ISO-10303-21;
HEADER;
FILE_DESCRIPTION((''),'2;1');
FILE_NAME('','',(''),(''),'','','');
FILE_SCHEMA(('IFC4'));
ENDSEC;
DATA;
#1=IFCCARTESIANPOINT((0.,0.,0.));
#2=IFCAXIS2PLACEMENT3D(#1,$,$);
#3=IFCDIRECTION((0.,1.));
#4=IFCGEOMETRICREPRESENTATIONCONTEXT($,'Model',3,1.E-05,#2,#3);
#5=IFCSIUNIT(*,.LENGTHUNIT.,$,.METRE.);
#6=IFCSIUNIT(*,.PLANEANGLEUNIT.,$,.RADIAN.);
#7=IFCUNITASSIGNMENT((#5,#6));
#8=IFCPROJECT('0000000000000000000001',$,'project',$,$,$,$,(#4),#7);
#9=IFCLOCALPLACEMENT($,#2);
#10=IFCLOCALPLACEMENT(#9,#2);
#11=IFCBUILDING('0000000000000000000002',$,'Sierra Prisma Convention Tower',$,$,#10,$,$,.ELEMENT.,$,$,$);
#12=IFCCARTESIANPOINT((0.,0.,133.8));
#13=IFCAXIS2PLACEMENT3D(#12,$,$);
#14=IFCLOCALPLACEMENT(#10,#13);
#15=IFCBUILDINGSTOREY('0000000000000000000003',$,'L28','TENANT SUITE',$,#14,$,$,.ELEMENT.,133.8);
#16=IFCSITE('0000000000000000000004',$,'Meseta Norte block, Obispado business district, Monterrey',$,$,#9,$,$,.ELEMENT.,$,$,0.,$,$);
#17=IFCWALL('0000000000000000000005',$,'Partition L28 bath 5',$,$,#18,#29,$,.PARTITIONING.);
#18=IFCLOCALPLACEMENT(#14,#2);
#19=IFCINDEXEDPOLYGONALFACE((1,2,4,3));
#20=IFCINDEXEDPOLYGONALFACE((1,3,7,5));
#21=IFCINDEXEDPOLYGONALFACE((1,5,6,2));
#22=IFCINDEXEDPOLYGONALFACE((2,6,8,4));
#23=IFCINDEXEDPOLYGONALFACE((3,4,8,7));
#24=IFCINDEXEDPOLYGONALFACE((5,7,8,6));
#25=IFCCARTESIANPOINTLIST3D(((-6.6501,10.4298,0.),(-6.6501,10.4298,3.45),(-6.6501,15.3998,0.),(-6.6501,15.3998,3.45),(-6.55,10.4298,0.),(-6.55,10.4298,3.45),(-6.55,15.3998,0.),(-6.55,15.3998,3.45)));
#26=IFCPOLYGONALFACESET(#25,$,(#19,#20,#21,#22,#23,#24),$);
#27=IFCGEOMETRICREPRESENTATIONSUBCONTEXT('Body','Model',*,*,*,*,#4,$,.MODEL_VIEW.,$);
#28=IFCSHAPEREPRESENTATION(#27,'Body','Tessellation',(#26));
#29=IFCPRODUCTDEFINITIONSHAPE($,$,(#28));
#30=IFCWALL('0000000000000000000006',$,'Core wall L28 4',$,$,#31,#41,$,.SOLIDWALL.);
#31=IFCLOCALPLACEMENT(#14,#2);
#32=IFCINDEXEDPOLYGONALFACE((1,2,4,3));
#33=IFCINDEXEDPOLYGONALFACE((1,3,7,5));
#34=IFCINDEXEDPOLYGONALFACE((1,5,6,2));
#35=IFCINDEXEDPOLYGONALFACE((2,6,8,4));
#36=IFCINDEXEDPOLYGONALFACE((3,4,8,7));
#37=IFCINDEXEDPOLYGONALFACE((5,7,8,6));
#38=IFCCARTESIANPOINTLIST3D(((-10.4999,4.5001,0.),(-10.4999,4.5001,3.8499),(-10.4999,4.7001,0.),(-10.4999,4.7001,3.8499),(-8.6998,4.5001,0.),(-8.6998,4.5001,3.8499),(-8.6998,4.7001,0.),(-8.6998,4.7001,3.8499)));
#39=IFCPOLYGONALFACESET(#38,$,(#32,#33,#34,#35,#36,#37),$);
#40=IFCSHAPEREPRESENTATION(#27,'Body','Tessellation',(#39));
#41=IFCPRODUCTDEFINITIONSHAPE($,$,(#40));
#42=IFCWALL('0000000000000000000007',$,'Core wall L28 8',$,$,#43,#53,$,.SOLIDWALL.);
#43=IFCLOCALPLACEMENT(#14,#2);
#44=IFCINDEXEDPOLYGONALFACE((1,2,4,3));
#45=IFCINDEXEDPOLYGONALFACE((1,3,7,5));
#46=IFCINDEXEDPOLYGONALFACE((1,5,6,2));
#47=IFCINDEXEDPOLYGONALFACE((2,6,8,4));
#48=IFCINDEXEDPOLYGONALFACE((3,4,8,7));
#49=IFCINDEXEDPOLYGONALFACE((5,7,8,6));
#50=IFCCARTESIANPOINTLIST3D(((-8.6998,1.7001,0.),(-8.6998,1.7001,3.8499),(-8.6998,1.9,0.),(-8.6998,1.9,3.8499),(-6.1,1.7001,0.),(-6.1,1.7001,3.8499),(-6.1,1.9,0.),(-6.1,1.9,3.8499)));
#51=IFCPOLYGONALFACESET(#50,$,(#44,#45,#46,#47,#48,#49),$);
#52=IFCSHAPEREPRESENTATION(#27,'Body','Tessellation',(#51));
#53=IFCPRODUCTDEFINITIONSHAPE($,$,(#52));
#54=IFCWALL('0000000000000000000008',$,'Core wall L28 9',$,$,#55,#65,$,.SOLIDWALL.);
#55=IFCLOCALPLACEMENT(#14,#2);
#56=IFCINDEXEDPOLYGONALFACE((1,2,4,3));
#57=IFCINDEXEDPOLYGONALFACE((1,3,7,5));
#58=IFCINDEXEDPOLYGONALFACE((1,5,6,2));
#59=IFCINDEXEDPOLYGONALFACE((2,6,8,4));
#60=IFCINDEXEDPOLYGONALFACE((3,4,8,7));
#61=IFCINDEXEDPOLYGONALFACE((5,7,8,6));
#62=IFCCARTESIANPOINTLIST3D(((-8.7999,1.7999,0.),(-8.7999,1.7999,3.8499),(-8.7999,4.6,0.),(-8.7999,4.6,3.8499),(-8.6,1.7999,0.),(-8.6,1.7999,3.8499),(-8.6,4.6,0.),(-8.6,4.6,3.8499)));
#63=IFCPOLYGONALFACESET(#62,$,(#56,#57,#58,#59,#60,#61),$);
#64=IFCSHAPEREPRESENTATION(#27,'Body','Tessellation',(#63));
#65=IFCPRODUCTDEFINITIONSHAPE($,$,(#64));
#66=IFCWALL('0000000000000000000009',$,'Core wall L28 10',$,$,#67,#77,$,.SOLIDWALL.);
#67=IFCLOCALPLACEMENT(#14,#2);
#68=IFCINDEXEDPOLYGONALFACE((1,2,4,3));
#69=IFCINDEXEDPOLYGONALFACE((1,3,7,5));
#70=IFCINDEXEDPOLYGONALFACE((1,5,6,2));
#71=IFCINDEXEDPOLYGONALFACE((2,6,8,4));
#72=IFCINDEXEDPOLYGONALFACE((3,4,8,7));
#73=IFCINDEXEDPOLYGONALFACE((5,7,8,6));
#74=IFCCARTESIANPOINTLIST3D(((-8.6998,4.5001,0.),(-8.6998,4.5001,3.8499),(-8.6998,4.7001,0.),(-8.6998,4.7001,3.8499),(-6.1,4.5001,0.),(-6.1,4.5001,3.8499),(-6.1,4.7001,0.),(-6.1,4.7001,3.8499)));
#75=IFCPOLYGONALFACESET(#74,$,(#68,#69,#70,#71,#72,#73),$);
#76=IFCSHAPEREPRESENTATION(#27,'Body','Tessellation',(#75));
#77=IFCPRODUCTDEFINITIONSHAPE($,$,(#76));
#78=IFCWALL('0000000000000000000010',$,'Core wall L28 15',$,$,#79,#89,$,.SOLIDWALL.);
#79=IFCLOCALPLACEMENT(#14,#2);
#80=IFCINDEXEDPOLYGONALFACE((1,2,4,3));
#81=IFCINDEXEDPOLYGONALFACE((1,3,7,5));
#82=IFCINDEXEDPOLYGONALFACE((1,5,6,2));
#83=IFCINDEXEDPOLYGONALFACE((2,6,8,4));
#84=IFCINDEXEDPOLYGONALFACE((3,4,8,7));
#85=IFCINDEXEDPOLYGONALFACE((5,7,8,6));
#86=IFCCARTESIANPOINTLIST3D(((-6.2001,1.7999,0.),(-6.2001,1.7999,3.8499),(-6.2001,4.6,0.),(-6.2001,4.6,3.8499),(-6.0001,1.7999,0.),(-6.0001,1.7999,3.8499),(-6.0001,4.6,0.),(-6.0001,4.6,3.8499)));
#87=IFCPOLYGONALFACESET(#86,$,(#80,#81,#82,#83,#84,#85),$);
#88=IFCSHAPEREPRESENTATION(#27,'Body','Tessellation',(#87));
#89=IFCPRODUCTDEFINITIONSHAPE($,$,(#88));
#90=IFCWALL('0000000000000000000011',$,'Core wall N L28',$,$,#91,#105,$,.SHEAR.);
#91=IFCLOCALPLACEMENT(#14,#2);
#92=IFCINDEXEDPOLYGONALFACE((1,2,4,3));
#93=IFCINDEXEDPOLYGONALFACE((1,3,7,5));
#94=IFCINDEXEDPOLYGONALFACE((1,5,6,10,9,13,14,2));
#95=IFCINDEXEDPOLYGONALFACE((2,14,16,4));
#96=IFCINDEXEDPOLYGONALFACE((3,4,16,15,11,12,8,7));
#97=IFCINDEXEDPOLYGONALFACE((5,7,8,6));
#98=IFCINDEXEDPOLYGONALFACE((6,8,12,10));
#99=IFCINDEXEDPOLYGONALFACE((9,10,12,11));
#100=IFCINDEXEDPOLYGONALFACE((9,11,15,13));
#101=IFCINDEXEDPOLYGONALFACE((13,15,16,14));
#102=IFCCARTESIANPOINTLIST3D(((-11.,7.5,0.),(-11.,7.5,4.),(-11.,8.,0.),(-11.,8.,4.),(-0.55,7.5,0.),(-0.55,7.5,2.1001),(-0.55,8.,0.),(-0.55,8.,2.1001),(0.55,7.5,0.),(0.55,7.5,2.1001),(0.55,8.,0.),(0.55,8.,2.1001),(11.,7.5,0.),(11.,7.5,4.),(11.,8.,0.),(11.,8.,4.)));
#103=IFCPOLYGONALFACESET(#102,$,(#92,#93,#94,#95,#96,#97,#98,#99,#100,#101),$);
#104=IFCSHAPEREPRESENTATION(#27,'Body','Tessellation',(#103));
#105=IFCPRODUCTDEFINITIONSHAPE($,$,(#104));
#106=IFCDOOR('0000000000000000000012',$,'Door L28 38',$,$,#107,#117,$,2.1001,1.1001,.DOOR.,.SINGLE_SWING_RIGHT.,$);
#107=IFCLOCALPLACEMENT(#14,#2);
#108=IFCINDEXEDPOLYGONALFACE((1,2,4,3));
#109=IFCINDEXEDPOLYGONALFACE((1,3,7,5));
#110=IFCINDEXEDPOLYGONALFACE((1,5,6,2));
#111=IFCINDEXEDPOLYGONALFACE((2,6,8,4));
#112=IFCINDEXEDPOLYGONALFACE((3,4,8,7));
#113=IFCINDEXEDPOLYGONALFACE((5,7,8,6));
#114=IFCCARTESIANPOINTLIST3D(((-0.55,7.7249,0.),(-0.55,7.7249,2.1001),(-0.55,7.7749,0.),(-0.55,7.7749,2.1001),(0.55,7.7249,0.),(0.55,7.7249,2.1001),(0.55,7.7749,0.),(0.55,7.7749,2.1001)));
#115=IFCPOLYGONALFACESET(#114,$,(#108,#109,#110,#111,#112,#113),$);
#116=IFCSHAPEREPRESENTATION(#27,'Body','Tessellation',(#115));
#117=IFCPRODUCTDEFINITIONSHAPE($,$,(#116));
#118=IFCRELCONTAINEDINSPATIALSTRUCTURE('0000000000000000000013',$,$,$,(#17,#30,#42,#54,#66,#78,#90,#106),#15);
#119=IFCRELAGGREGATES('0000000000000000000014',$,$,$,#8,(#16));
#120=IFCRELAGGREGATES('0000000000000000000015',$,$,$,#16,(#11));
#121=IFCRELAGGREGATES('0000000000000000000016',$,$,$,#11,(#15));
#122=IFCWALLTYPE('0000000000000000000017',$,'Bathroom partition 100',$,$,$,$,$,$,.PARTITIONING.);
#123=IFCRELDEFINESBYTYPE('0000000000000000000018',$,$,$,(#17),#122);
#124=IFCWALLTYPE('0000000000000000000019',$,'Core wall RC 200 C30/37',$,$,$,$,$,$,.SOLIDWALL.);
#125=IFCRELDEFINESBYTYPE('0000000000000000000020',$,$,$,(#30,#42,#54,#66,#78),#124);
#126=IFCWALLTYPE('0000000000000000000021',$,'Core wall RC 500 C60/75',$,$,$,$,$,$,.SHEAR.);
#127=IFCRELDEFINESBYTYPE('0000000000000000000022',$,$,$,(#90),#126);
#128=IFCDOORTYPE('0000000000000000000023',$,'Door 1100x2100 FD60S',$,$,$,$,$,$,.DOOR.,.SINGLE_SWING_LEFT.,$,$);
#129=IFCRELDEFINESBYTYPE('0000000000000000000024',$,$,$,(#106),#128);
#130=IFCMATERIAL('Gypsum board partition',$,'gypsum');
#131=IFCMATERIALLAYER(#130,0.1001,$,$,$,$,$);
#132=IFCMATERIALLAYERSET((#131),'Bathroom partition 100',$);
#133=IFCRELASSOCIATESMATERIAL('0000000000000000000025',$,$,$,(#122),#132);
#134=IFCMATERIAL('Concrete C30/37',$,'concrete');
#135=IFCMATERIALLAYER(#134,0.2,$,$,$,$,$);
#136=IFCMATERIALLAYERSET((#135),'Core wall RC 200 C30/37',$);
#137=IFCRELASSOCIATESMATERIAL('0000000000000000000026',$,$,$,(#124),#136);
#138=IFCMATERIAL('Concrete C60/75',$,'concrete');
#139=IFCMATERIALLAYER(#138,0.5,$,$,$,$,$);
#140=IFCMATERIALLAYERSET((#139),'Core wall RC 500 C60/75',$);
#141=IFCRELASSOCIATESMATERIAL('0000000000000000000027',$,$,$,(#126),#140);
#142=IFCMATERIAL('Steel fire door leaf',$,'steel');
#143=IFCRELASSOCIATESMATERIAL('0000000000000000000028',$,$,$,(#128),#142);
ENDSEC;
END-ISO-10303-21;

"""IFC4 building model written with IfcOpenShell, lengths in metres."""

from ifc_helpers import new_model, si_unit, direction, frame, frame_2d, origin, place, context, subcontext, project, spatial, rectangle, extrude, material, layer, layer_set, type_object, element, fill, save


model = new_model("IFC4")

# Units and contexts
model_context = context("Model", 3, precision=1e-05, world=origin(), true_north=direction((0.0, 1.0)))
body_context = subcontext(model_context, "Body", "Model", "MODEL_VIEW")
ifc_project = project(units=[si_unit("LENGTHUNIT", "METRE"), si_unit("PLANEANGLEUNIT", "RADIAN")], contexts=[model_context])

# Site, building, storey
site_placement = place(None, origin())
site = spatial("IfcSite", under=ifc_project, at=site_placement, Name="Meseta Norte block, Obispado business district, Monterrey", CompositionType="ELEMENT", RefElevation=0.0)
building_placement = place(site_placement, origin())
building = spatial("IfcBuilding", under=site, at=building_placement, Name="Sierra Prisma Convention Tower", CompositionType="ELEMENT")
storey_placement = place(building_placement, frame((0.0, 0.0, 133.8)))
storey = spatial("IfcBuildingStorey", under=building, at=storey_placement, Name="L28", Description="TENANT SUITE", CompositionType="ELEMENT", Elevation=133.8)

# Wall
ifc_material_1 = material(Name="Gypsum board partition", Category="gypsum")
ifc_layer_1 = layer(ifc_material_1, 0.1001)
ifc_layer_set_1 = layer_set([ifc_layer_1], Name="Bathroom partition 100")
wall_type_1 = type_object("IfcWallType", Name="Bathroom partition 100", PredefinedType="PARTITIONING", material=ifc_layer_set_1)
wall_1_placement = place(storey_placement, frame((-6.6001, 10.4299, 0.0), z_axis=(0.0, 0.0, 1.0), x_axis=(0.0, 1.0, 0.0)))
element("IfcWall", 1, at=wall_1_placement, inside=storey, type_object=wall_type_1, Name="Partition L28 bath 5", PredefinedType="PARTITIONING", context=body_context, shape_type="SweptSolid", body=[
    extrude(rectangle(XDim=4.97, YDim=0.1001, at=frame_2d((2.4849, 0.0))), origin(), (0.0, 0.0, 1.0), 3.45),
])

# Shared definitions
ifc_material_2 = material(Name="Concrete C30/37", Category="concrete")
ifc_layer_2 = layer(ifc_material_2, 0.2)
ifc_layer_set_2 = layer_set([ifc_layer_2], Name="Core wall RC 200 C30/37")
wall_type_2 = type_object("IfcWallType", Name="Core wall RC 200 C30/37", PredefinedType="SOLIDWALL", material=ifc_layer_set_2)

# Wall
wall_2_placement = place(storey_placement, frame((-8.7, 4.6001, 0.0), z_axis=(0.0, 0.0, 1.0), x_axis=(-1.0, 0.0, 0.0)))
element("IfcWall", 2, at=wall_2_placement, inside=storey, type_object=wall_type_2, Name="Core wall L28 4", PredefinedType="SOLIDWALL", context=body_context, shape_type="SweptSolid", body=[
    extrude(rectangle(XDim=1.8, YDim=0.2, at=frame_2d((0.8999, 0.0))), origin(), (0.0, 0.0, 1.0), 3.8499),
])

# Walls
wall_3_placement = place(storey_placement, frame((-6.1001, 1.8, 0.0), z_axis=(0.0, 0.0, 1.0), x_axis=(-1.0, 0.0, 0.0)))
element("IfcWall", 3, at=wall_3_placement, inside=storey, type_object=wall_type_2, Name="Core wall L28 8", PredefinedType="SOLIDWALL", context=body_context, shape_type="SweptSolid", body=[
    extrude(rectangle(XDim=2.5999, YDim=0.2, at=frame_2d((1.2998, 0.0))), origin(), (0.0, 0.0, 1.0), 3.8499),
])
wall_4_placement = place(storey_placement, frame((-8.7, 1.8, 0.0), z_axis=(0.0, 0.0, 1.0), x_axis=(0.0, 1.0, 0.0)))
element("IfcWall", 4, at=wall_4_placement, inside=storey, type_object=wall_type_2, Name="Core wall L28 9", PredefinedType="SOLIDWALL", context=body_context, shape_type="SweptSolid", body=[
    extrude(rectangle(XDim=2.8, YDim=0.2, at=frame_2d((1.3999, 0.0))), origin(), (0.0, 0.0, 1.0), 3.8499),
])
wall_5_placement = place(storey_placement, frame((-6.1001, 4.6001, 0.0), z_axis=(0.0, 0.0, 1.0), x_axis=(-1.0, 0.0, 0.0)))
element("IfcWall", 5, at=wall_5_placement, inside=storey, type_object=wall_type_2, Name="Core wall L28 10", PredefinedType="SOLIDWALL", context=body_context, shape_type="SweptSolid", body=[
    extrude(rectangle(XDim=2.5999, YDim=0.2, at=frame_2d((1.2998, 0.0))), origin(), (0.0, 0.0, 1.0), 3.8499),
])

# Wall
wall_6_placement = place(storey_placement, frame((-6.1001, 1.8, 0.0), z_axis=(0.0, 0.0, 1.0), x_axis=(0.0, 1.0, 0.0)))
element("IfcWall", 6, at=wall_6_placement, inside=storey, type_object=wall_type_2, Name="Core wall L28 15", PredefinedType="SOLIDWALL", context=body_context, shape_type="SweptSolid", body=[
    extrude(rectangle(XDim=2.8, YDim=0.2, at=frame_2d((1.3999, 0.0))), origin(), (0.0, 0.0, 1.0), 3.8499),
])

# Wall, opening, door
ifc_material_3 = material(Name="Concrete C60/75", Category="concrete")
ifc_layer_3 = layer(ifc_material_3, 0.5)
ifc_layer_set_3 = layer_set([ifc_layer_3], Name="Core wall RC 500 C60/75")
wall_type_3 = type_object("IfcWallType", Name="Core wall RC 500 C60/75", PredefinedType="SHEAR", material=ifc_layer_set_3)
wall_7_placement = place(storey_placement, frame((-11.0, 7.75, 0.0), z_axis=(0.0, 0.0, 1.0), x_axis=(1.0, 0.0, 0.0)))
wall_7 = element("IfcWall", 7, at=wall_7_placement, inside=storey, type_object=wall_type_3, Name="Core wall N L28", PredefinedType="SHEAR", context=body_context, shape_type="SweptSolid", body=[
    extrude(rectangle(XDim=22.0, YDim=0.5, at=frame_2d((11.0, 0.0))), origin(), (0.0, 0.0, 1.0), 4.0),
])
opening_1_placement = place(wall_7_placement, frame((10.45, 0.0, 0.0)))
opening_1 = element("IfcOpeningElement", 8, at=opening_1_placement, cuts=wall_7, PredefinedType="OPENING", context=body_context, shape_type="SweptSolid", body=[
    extrude(rectangle(XDim=1.1001, YDim=2.1001, at=frame_2d((0.55, 1.05))), frame((0.0, 0.25, 0.0), z_axis=(0.0, -1.0, 0.0), x_axis=(1.0, 0.0, 0.0)), (0.0, 0.0, 1.0), 0.5),
])
ifc_material_4 = material(Name="Steel fire door leaf", Category="steel")
door_type_1 = type_object("IfcDoorType", Name="Door 1100x2100 FD60S", OperationType="SINGLE_SWING_LEFT", PredefinedType="DOOR", material=ifc_material_4)
door_1_placement = place(opening_1_placement, origin())
door_1 = element("IfcDoor", 9, at=door_1_placement, inside=storey, type_object=door_type_1, Name="Door L28 38", OperationType="SINGLE_SWING_RIGHT", OverallHeight=2.1001, OverallWidth=1.1001, PredefinedType="DOOR", context=body_context, shape_type="SweptSolid", body=[
    extrude(rectangle(XDim=1.1001, YDim=2.1001, at=frame_2d((0.55, 1.05))), frame((0.0, 0.0249, 0.0), z_axis=(0.0, -1.0, 0.0), x_axis=(1.0, 0.0, 0.0)), (0.0, 0.0, 1.0), 0.05),
])
fill(opening_1, door_1)

save(model, "model.ifc")
